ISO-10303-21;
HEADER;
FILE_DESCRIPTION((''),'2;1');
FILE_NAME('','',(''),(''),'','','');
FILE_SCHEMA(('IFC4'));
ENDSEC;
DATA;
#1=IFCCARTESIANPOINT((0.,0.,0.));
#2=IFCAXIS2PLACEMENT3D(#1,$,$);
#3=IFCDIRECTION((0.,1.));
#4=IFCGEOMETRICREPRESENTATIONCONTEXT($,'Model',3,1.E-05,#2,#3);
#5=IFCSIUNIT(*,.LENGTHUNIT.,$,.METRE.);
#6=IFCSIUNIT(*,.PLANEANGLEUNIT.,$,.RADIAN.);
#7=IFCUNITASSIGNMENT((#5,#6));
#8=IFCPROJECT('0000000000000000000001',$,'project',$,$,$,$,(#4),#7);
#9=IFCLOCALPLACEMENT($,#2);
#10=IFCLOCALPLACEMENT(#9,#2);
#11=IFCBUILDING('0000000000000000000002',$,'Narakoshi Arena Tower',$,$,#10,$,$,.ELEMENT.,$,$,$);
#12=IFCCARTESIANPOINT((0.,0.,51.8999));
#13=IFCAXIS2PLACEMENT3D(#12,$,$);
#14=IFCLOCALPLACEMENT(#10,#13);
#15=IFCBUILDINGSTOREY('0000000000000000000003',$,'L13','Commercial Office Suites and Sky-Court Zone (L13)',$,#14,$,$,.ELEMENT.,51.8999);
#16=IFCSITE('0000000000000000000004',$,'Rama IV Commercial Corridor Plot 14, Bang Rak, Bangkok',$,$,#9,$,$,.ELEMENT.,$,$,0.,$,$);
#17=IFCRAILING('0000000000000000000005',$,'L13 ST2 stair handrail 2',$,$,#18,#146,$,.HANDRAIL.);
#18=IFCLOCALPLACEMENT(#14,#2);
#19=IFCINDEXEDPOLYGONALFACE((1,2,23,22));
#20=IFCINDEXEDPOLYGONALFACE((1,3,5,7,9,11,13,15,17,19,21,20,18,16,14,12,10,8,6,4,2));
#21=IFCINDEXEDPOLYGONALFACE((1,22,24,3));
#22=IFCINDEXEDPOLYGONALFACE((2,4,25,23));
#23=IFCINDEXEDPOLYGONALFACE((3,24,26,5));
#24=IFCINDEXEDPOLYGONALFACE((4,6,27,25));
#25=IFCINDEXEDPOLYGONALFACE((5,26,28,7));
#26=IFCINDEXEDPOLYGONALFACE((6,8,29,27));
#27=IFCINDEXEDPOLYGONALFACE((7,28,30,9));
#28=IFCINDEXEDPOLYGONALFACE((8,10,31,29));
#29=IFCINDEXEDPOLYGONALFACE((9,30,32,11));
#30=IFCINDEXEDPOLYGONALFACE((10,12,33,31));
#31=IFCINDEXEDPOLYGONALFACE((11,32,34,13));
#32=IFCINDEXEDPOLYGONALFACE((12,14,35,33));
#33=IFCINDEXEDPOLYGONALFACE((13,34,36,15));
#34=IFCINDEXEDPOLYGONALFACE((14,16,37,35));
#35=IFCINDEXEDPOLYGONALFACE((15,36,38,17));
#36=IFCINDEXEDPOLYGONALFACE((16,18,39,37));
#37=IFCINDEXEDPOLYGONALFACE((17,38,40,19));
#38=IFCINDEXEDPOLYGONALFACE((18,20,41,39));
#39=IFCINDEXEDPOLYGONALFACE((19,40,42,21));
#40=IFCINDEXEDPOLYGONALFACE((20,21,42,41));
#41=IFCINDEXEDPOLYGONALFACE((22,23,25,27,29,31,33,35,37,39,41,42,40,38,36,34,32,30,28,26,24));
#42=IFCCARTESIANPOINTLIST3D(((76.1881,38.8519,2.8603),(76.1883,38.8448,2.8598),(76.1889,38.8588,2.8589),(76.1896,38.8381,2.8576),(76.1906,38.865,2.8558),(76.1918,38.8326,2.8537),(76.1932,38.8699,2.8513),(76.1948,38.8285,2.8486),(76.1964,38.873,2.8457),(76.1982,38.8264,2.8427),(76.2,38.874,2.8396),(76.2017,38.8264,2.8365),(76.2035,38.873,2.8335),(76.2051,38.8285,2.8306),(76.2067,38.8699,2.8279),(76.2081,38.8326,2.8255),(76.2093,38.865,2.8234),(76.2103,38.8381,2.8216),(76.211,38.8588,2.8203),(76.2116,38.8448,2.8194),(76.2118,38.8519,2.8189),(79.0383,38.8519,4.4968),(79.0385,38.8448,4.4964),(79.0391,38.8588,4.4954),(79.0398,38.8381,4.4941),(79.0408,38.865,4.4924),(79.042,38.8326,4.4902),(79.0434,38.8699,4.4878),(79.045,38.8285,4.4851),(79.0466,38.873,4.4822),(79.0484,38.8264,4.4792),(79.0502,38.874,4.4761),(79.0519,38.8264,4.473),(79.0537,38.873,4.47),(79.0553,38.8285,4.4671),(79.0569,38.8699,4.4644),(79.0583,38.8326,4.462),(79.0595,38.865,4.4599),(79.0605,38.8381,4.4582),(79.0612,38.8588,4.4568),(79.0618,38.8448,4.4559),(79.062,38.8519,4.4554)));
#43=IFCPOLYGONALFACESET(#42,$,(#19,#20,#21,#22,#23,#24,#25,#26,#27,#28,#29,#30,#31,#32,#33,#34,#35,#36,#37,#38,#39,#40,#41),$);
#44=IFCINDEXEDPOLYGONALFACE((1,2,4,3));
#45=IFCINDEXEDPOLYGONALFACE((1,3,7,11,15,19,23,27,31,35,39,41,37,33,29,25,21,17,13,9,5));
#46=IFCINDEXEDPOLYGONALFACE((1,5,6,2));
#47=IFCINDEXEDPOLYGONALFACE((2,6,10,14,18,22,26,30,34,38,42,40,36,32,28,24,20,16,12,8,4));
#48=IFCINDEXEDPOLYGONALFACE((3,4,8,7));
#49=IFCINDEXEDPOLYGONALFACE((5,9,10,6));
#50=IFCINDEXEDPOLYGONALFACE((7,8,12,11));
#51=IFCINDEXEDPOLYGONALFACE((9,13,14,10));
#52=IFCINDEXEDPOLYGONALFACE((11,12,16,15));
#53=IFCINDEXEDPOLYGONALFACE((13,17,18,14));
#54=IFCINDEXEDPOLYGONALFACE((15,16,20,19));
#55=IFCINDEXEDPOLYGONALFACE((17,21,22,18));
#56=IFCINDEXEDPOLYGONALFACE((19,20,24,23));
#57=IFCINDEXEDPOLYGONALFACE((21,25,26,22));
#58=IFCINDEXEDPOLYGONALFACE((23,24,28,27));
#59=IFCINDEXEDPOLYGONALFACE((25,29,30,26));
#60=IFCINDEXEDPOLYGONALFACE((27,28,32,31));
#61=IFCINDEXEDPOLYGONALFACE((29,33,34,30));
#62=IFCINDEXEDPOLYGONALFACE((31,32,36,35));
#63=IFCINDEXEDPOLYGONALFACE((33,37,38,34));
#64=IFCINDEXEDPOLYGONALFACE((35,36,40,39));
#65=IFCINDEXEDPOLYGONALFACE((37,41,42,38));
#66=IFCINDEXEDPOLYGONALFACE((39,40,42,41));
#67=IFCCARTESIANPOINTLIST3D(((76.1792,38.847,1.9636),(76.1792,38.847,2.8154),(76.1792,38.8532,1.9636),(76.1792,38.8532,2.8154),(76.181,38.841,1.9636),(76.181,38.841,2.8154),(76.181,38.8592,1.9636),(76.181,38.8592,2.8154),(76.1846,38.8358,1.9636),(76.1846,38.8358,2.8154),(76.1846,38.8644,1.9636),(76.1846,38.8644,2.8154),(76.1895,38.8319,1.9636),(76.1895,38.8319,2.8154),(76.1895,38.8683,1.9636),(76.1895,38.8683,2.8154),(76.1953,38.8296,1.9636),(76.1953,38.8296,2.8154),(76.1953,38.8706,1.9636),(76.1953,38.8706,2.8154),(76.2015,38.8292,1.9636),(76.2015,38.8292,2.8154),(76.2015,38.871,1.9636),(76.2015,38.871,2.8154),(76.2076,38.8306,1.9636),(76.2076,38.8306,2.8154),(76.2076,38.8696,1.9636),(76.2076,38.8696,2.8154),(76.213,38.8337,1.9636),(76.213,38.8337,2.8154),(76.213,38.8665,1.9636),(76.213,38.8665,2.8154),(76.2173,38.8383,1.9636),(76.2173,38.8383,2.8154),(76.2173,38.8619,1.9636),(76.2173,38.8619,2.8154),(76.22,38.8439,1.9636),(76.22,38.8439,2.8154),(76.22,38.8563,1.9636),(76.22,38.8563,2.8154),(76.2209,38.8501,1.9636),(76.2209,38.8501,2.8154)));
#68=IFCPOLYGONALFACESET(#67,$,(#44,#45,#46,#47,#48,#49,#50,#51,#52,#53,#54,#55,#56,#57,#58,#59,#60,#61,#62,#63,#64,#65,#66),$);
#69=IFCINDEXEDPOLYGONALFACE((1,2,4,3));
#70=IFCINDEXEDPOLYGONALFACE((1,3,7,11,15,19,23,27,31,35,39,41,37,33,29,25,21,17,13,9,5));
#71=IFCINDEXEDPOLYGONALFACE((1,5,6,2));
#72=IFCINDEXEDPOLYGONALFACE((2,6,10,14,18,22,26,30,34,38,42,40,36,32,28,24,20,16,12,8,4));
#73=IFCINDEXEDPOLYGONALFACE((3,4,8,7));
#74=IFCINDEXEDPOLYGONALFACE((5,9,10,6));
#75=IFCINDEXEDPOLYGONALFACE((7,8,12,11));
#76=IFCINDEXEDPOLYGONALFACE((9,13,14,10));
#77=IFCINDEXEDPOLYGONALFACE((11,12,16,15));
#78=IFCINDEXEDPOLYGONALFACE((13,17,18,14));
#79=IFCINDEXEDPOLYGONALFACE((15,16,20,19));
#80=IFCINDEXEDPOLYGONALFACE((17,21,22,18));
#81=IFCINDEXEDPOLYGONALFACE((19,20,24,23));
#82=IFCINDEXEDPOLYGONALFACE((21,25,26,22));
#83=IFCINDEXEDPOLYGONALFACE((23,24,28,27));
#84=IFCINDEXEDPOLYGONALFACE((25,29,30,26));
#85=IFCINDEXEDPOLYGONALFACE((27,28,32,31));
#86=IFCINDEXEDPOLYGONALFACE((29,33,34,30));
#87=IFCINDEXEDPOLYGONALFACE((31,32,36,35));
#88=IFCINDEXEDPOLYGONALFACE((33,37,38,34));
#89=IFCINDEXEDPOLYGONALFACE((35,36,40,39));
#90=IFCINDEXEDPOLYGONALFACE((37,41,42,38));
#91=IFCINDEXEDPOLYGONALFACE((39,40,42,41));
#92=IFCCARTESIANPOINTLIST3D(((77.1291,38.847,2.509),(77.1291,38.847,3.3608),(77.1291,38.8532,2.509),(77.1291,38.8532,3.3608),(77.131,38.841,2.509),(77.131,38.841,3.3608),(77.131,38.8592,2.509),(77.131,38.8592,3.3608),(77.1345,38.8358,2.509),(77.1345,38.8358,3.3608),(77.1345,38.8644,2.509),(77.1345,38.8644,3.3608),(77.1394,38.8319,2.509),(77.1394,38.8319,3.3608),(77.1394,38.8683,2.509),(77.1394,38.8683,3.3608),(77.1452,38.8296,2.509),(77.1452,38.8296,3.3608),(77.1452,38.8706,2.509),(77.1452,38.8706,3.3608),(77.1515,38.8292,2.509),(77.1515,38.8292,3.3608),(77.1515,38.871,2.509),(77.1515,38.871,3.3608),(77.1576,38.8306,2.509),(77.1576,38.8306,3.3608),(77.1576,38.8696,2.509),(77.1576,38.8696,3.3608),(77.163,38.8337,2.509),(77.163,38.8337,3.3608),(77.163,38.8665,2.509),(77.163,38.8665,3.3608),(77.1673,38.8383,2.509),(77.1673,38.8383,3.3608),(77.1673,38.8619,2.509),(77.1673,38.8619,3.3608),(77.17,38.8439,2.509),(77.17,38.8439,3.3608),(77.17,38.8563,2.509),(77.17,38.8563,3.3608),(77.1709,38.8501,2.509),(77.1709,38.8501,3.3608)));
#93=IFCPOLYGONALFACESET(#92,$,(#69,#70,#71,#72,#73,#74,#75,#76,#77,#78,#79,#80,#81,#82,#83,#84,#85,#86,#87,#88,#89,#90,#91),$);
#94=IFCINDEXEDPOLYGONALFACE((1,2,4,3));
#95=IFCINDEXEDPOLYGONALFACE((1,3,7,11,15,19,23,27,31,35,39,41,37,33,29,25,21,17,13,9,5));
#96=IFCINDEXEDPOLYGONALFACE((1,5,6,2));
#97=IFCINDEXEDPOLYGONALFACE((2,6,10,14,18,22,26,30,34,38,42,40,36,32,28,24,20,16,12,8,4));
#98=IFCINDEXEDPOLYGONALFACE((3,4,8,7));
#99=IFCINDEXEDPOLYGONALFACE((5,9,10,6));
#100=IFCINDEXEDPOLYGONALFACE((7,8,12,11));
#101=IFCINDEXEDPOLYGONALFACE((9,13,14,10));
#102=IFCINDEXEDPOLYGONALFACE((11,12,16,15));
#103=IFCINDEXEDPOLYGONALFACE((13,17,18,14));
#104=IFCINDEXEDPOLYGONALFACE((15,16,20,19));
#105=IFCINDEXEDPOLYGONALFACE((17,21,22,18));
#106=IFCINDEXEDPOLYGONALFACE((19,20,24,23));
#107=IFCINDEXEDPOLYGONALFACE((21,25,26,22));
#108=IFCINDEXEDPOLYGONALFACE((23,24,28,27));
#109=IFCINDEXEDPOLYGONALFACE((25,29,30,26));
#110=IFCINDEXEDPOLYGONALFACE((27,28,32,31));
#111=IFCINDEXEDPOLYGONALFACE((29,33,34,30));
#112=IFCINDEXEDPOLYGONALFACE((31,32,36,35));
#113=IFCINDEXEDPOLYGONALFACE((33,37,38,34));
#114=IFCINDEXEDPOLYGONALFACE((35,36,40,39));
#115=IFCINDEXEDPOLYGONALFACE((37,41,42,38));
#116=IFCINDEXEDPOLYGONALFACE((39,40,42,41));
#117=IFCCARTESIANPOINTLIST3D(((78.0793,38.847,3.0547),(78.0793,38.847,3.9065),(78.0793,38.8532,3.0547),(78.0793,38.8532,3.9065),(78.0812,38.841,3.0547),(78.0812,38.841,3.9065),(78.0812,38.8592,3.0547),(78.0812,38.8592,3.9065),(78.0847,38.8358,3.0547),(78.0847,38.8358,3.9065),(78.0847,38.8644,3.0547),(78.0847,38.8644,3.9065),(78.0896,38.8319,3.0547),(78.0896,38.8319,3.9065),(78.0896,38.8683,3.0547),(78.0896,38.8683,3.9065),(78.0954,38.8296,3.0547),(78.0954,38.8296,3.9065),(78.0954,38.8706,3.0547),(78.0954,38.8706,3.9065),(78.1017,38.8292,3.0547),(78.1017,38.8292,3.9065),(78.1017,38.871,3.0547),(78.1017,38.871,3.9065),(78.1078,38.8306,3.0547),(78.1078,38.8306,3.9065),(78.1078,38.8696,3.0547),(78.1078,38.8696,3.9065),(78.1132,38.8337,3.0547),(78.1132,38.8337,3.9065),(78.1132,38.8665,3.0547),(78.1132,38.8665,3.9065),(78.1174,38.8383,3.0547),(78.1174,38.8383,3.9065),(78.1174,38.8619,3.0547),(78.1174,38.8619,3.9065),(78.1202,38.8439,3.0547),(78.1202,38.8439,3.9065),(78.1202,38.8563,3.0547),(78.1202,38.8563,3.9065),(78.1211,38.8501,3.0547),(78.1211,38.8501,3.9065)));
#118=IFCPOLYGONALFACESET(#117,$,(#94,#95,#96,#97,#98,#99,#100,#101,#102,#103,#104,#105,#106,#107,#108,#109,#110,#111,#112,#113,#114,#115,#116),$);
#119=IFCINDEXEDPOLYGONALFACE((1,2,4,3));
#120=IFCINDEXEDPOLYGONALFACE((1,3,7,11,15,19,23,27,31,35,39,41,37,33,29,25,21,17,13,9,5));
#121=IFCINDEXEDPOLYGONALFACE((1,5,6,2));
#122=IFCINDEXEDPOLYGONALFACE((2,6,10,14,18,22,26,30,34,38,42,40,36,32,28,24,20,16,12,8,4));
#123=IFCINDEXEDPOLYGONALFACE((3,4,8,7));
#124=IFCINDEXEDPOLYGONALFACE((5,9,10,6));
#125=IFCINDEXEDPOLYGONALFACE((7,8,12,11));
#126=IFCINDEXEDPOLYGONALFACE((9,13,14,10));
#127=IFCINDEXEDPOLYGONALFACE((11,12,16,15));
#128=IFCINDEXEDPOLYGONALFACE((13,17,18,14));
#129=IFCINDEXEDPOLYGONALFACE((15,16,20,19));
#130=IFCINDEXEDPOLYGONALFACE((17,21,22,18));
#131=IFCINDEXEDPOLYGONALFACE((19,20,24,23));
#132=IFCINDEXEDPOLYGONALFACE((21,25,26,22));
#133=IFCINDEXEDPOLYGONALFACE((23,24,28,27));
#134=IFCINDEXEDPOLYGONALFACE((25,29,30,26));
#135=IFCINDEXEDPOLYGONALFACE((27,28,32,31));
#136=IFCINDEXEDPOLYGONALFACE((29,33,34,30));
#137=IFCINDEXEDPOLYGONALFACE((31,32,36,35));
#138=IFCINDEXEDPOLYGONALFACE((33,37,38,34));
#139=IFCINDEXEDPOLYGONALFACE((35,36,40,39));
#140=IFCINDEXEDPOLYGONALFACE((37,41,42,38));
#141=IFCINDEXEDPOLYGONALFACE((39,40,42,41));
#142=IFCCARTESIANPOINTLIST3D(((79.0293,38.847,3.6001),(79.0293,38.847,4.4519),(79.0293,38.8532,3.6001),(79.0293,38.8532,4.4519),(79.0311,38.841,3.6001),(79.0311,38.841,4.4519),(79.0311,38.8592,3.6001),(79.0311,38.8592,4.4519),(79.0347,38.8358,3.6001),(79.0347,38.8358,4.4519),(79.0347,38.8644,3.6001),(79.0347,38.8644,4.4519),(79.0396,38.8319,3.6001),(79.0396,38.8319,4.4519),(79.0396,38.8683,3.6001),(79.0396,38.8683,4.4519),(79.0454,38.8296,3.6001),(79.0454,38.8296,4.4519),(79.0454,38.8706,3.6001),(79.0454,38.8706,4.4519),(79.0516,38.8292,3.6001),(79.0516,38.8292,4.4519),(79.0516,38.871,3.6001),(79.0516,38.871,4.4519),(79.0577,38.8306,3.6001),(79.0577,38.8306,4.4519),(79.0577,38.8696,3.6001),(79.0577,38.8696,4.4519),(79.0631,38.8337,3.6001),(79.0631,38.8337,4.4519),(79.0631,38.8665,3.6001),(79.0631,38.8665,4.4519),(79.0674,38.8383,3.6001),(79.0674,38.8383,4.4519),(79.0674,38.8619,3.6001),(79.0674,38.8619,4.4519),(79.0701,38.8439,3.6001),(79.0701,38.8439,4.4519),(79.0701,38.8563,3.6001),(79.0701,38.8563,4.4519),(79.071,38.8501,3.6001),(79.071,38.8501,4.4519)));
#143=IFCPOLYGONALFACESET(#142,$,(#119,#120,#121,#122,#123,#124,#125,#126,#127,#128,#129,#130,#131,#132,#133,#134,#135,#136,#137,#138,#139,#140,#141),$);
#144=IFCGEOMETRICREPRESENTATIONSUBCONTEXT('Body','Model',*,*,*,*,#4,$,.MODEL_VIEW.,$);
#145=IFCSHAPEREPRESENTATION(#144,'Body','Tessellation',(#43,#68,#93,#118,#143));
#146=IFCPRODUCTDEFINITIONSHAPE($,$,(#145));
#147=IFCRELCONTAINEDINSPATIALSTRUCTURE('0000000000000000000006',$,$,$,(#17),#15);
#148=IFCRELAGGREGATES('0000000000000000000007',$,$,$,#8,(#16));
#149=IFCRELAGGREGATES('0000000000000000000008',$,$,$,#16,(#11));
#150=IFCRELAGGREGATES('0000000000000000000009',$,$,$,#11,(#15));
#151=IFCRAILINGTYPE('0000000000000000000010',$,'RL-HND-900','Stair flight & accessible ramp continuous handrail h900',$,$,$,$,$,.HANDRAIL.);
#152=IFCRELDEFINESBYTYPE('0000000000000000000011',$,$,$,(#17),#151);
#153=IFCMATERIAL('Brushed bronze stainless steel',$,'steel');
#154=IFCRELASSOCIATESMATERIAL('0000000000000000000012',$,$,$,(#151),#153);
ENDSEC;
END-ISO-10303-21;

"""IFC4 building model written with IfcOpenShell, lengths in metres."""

from ifc_helpers import new_model, si_unit, direction, frame, origin, origin_2d, place, context, subcontext, project, spatial, circle, extrude, material, type_object, element, save


model = new_model("IFC4")

# Units and contexts
model_context = context("Model", 3, precision=1e-05, world=origin(), true_north=direction((0.0, 1.0)))
body_context = subcontext(model_context, "Body", "Model", "MODEL_VIEW")
ifc_project = project(units=[si_unit("LENGTHUNIT", "METRE"), si_unit("PLANEANGLEUNIT", "RADIAN")], contexts=[model_context])

# Site, building, storey
site_placement = place(None, origin())
site = spatial("IfcSite", under=ifc_project, at=site_placement, Name="Rama IV Commercial Corridor Plot 14, Bang Rak, Bangkok", CompositionType="ELEMENT", RefElevation=0.0)
building_placement = place(site_placement, origin())
building = spatial("IfcBuilding", under=site, at=building_placement, Name="Narakoshi Arena Tower", CompositionType="ELEMENT")
storey_placement = place(building_placement, frame((0.0, 0.0, 51.8999)))
storey = spatial("IfcBuildingStorey", under=building, at=storey_placement, Name="L13", Description="Commercial Office Suites and Sky-Court Zone (L13)", CompositionType="ELEMENT", Elevation=51.8999)

# Shared definitions
ifc_material_1 = material(Name="Brushed bronze stainless steel", Category="steel")

# Railing
railing_type_1 = type_object("IfcRailingType", Name="RL-HND-900", Description="Stair flight & accessible ramp continuous handrail h900", PredefinedType="HANDRAIL", material=ifc_material_1)
railing_1_placement = place(storey_placement, frame((76.2, 38.8501, 1.9636)))
element("IfcRailing", 1, at=railing_1_placement, inside=storey, type_object=railing_type_1, Name="L13 ST2 stair handrail 2", PredefinedType="HANDRAIL", context=body_context, shape_type="SweptSolid", body=[
    extrude(circle(Radius=0.0239, at=origin_2d()), frame((0.0, 0.0, 0.876), z_axis=(0.867213, 0.0, 0.497938), x_axis=(0.0, 1.0, 0.0)), (0.0, 0.0, 1.0), 3.2866),
    extrude(circle(Radius=0.021, at=origin_2d()), origin(), (0.0, 0.0, 1.0), 0.8518),
    extrude(circle(Radius=0.021, at=origin_2d()), frame((0.95, 0.0, 0.5454)), (0.0, 0.0, 1.0), 0.8518),
    extrude(circle(Radius=0.021, at=origin_2d()), frame((1.9001, 0.0, 1.0911)), (0.0, 0.0, 1.0), 0.8518),
    extrude(circle(Radius=0.021, at=origin_2d()), frame((2.8501, 0.0, 1.6365)), (0.0, 0.0, 1.0), 0.8518),
])

save(model, "model.ifc")
